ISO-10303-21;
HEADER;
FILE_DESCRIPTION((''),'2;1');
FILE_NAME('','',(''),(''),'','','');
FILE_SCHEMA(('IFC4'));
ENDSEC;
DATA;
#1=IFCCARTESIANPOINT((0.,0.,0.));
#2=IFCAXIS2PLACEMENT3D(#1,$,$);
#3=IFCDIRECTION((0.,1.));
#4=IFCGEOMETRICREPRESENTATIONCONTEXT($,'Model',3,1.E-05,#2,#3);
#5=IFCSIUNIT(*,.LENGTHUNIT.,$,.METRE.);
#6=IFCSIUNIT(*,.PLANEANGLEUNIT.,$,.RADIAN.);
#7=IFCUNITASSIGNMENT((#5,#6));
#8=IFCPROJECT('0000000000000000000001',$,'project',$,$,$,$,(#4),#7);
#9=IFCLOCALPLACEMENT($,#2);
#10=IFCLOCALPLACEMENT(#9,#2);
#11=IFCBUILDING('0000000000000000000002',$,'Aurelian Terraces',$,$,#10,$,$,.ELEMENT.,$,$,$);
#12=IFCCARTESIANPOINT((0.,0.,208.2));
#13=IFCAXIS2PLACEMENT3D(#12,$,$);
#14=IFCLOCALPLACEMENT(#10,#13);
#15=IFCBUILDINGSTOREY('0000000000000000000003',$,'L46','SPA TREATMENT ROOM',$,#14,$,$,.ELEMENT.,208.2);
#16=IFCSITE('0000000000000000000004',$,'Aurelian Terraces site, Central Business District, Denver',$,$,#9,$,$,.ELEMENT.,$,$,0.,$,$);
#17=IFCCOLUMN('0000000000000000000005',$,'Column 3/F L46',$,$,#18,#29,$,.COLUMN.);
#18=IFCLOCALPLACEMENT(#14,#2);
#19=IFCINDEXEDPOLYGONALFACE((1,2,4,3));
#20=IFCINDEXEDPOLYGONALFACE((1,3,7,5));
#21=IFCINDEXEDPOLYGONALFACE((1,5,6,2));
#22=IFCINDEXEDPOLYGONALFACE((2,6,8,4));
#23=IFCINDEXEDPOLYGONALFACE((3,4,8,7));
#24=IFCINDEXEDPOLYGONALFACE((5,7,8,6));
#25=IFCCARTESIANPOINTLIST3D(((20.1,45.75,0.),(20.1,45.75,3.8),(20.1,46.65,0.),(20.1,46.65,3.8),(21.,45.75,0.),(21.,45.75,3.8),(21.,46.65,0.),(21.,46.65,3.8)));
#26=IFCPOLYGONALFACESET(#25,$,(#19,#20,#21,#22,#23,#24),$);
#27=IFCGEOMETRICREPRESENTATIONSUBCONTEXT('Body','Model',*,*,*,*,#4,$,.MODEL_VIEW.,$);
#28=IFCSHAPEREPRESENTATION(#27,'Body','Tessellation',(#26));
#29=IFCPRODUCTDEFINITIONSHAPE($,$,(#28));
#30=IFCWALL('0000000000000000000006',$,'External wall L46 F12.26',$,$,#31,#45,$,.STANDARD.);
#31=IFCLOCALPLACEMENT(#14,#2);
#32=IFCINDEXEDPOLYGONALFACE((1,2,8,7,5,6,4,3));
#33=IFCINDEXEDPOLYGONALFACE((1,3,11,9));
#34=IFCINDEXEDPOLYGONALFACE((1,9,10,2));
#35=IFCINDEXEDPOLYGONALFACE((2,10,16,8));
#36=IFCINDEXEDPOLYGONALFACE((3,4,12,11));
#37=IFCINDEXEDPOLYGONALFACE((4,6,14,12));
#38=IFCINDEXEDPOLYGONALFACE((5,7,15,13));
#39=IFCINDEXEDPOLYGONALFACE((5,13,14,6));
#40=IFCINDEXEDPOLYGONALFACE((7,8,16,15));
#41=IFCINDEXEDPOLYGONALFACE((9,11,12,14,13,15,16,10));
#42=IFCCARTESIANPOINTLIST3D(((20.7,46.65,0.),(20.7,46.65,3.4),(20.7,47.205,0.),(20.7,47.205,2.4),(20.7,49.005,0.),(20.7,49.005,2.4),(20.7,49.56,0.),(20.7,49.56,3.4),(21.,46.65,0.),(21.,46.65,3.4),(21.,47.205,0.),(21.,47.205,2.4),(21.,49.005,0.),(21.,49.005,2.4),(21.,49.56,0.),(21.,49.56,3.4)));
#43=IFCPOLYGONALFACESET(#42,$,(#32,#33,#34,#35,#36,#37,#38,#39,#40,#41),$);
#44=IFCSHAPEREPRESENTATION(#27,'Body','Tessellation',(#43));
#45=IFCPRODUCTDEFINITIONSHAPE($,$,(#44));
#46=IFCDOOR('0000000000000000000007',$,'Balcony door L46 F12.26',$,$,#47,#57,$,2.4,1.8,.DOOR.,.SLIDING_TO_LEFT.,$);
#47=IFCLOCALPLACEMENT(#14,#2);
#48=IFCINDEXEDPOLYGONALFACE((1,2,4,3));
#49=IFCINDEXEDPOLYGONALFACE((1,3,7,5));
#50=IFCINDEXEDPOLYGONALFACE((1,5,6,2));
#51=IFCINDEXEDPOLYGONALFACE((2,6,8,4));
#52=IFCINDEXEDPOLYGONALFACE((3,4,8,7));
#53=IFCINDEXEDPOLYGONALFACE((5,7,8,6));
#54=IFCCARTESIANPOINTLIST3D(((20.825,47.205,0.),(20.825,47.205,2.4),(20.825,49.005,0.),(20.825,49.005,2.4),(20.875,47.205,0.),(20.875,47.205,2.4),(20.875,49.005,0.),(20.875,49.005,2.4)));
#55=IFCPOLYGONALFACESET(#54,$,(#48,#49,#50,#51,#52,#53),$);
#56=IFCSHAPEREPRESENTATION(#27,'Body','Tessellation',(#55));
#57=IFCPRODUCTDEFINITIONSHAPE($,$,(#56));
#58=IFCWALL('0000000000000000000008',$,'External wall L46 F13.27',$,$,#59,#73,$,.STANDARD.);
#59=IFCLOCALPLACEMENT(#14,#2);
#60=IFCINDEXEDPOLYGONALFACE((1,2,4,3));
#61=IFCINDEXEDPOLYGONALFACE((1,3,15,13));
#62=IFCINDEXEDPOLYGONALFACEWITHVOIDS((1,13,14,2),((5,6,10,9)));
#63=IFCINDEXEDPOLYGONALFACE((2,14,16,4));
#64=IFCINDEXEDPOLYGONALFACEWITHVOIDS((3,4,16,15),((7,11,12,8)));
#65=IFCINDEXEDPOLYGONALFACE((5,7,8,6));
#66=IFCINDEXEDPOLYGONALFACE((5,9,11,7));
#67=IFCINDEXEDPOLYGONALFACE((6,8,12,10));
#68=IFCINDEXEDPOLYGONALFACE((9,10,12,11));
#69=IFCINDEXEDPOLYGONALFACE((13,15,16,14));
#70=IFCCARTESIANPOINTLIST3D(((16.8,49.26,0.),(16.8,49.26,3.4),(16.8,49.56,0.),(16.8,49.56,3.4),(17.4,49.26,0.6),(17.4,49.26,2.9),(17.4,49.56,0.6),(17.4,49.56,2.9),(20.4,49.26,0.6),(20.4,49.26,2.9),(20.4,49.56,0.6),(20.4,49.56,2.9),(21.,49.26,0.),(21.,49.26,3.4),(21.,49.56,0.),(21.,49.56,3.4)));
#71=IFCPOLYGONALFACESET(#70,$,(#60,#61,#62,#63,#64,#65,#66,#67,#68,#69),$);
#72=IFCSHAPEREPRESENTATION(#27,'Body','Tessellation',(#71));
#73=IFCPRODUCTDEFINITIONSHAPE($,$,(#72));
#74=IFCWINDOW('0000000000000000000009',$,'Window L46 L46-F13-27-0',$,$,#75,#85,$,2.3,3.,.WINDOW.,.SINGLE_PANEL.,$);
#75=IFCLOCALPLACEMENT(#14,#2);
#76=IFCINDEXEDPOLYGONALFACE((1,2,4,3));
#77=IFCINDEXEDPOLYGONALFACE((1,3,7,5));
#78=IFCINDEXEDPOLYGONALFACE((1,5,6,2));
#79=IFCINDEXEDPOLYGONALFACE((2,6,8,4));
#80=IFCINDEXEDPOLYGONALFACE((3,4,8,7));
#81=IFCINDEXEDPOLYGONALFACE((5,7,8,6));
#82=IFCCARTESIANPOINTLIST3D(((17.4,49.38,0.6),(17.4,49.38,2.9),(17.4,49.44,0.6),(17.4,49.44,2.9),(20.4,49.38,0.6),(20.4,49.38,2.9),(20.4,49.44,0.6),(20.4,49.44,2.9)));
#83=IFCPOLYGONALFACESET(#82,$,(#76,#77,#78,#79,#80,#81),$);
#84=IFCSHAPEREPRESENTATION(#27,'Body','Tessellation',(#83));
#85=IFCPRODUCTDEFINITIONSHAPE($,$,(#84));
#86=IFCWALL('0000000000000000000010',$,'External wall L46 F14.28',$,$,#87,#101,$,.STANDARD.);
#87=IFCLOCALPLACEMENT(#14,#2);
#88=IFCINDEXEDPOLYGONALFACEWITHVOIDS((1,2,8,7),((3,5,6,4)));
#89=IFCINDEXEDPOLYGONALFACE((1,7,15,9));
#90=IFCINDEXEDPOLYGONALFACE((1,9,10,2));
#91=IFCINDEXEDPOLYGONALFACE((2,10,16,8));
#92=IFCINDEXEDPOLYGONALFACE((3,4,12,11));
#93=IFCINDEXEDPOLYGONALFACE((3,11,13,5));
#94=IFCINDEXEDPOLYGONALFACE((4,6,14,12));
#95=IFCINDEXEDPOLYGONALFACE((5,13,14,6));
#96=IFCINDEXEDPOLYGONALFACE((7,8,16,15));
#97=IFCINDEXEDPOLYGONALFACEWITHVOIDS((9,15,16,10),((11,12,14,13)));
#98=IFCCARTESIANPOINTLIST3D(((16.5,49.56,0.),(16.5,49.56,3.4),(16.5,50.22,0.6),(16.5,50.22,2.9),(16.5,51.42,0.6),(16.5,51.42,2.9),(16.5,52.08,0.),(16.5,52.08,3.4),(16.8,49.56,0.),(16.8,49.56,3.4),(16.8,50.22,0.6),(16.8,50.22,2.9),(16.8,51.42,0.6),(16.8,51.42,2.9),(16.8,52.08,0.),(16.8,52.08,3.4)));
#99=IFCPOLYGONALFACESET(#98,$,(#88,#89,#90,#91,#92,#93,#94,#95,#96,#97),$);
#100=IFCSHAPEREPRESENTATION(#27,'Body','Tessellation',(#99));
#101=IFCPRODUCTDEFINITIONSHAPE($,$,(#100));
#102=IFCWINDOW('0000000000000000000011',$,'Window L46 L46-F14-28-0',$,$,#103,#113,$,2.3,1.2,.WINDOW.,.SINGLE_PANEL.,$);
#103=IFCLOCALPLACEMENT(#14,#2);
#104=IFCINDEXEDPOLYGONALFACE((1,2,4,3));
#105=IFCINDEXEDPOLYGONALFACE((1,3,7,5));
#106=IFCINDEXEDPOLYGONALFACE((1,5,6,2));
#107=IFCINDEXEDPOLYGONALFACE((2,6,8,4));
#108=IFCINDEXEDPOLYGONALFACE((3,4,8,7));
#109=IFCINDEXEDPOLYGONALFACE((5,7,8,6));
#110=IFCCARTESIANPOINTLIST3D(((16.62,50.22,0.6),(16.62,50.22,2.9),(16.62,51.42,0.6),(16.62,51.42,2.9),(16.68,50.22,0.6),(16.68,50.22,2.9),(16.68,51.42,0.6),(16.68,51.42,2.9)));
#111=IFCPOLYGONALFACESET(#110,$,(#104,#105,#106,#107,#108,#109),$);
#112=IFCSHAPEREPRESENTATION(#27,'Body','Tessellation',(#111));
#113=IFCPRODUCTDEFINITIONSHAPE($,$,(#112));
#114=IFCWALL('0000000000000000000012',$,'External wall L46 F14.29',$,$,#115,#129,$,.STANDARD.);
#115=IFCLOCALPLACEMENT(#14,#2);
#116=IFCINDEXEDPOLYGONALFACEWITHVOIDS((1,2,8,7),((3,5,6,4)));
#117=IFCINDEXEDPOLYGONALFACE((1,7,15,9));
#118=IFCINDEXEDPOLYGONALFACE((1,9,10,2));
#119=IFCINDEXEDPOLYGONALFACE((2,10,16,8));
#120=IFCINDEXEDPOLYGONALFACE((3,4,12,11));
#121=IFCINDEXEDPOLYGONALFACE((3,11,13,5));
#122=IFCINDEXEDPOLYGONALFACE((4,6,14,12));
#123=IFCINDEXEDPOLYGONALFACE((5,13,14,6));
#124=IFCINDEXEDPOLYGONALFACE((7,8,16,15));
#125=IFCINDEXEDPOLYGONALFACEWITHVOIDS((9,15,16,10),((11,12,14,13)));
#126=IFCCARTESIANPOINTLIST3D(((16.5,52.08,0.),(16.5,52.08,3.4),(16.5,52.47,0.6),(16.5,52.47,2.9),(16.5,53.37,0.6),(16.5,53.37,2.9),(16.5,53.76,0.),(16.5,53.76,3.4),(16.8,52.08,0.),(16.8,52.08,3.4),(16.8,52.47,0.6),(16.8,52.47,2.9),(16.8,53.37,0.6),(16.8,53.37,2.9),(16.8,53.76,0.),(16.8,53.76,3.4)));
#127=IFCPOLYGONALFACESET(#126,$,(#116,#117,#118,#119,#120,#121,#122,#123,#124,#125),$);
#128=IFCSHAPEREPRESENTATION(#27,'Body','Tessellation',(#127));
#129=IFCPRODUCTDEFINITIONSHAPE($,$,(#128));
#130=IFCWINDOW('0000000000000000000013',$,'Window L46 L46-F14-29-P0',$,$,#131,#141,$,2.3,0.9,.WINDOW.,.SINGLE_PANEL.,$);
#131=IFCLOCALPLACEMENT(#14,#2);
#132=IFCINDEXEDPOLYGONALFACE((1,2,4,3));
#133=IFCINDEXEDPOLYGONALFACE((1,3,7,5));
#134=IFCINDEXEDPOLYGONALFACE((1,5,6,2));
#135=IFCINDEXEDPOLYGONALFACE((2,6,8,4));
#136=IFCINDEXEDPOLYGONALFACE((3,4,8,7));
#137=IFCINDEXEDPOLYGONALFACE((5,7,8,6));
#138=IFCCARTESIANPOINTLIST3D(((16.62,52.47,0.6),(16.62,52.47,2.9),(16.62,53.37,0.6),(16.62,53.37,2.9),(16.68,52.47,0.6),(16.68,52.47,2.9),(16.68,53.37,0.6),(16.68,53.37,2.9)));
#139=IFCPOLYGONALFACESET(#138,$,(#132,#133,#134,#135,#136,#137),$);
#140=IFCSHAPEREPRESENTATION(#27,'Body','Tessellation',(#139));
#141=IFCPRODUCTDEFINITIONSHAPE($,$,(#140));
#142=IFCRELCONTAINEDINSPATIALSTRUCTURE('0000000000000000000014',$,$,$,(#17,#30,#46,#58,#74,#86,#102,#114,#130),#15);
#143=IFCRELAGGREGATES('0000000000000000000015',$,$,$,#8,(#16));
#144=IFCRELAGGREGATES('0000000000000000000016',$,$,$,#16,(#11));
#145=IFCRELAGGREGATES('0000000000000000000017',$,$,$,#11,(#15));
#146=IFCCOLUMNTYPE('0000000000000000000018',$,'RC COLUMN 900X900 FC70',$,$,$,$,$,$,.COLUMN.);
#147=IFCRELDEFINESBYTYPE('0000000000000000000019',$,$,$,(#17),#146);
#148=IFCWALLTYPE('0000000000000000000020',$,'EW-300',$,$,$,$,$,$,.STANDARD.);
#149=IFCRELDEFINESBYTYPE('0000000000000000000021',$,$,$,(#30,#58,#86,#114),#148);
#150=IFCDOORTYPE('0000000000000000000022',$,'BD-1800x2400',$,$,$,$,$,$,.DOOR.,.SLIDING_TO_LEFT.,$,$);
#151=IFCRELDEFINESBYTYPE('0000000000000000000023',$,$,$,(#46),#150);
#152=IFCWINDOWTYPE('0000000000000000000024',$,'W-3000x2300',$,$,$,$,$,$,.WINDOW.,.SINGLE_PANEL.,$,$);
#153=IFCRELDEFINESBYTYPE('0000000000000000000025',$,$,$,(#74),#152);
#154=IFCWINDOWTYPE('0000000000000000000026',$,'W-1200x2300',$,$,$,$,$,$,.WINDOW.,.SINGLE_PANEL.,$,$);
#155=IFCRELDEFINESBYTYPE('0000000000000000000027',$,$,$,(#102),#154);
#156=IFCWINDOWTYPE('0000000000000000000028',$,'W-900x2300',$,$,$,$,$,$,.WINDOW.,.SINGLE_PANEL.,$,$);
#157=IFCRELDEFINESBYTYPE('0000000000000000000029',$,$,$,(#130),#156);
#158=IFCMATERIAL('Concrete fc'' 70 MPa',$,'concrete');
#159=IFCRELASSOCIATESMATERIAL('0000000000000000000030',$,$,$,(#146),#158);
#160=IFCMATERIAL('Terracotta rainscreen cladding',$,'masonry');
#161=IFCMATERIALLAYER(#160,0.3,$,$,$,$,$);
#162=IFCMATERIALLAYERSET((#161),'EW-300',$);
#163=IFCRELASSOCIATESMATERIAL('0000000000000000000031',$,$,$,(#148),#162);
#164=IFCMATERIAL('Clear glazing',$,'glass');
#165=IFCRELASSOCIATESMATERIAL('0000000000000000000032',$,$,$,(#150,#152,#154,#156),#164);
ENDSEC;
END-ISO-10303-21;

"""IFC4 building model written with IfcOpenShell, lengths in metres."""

from ifc_helpers import new_model, si_unit, direction, frame, frame_2d, origin, origin_2d, place, context, subcontext, project, spatial, rectangle, extrude, source, transform, mapped, material, layer, layer_set, material_profile, profile_set, type_object, element, fill, save


model = new_model("IFC4")

# Units and contexts
model_context = context("Model", 3, precision=1e-05, world=origin(), true_north=direction((0.0, 1.0)))
body_context = subcontext(model_context, "Body", "Model", "MODEL_VIEW")
ifc_project = project(units=[si_unit("LENGTHUNIT", "METRE"), si_unit("PLANEANGLEUNIT", "RADIAN")], contexts=[model_context])

# Site, building, storey
site_placement = place(None, origin())
site = spatial("IfcSite", under=ifc_project, at=site_placement, Name="Aurelian Terraces site, Central Business District, Denver", CompositionType="ELEMENT", RefElevation=0.0)
building_placement = place(site_placement, origin())
building = spatial("IfcBuilding", under=site, at=building_placement, Name="Aurelian Terraces", CompositionType="ELEMENT")
storey_placement = place(building_placement, frame((0.0, 0.0, 208.2)))
storey = spatial("IfcBuildingStorey", under=building, at=storey_placement, Name="L46", Description="SPA TREATMENT ROOM", CompositionType="ELEMENT", Elevation=208.2)

# Column
ifc_material_1 = material(Name="Concrete fc' 70 MPa", Category="concrete")
ifc_material_profile = material_profile(ifc_material_1, rectangle(XDim=0.9, YDim=0.9, at=origin_2d()))
ifc_profile_set = profile_set([ifc_material_profile], Name="Concrete fc' 70 MPa")
column_type = type_object("IfcColumnType", Name="RC COLUMN 900X900 FC70", PredefinedType="COLUMN", material=ifc_profile_set)
shared_shape_1 = source(origin(), body_context, "Body", "SweptSolid", [
    extrude(rectangle(XDim=0.9, YDim=0.9, at=origin_2d()), origin(), (0.0, 0.0, 1.0), 3.8),
])
column_placement = place(storey_placement, frame((20.55, 46.2, 0.0), z_axis=(0.0, 0.0, 1.0), x_axis=(1.0, 0.0, 0.0)))
element("IfcColumn", 1, at=column_placement, inside=storey, type_object=column_type, Name="Column 3/F L46", PredefinedType="COLUMN", context=body_context, shape_type="MappedRepresentation", body=[
    mapped(shared_shape_1, transform((0.0, 0.0, 0.0), scale=1.0)),
])

# Wall, opening, door
ifc_material_2 = material(Name="Terracotta rainscreen cladding", Category="masonry")
ifc_layer_1 = layer(ifc_material_2, 0.3)
ifc_layer_set_1 = layer_set([ifc_layer_1], Name="EW-300")
wall_type_1 = type_object("IfcWallType", Name="EW-300", PredefinedType="STANDARD", material=ifc_layer_set_1)
shared_shape_2 = source(origin(), body_context, "Body", "SweptSolid", [
    extrude(rectangle(XDim=2.91, YDim=0.3, at=frame_2d((1.455, 0.0))), origin(), (0.0, 0.0, 1.0), 3.4),
])
wall_1_placement = place(storey_placement, frame((20.85, 46.65, 0.0), z_axis=(0.0, 0.0, 1.0), x_axis=(0.0, 1.0, 0.0)))
wall_1 = element("IfcWall", 2, at=wall_1_placement, inside=storey, type_object=wall_type_1, Name="External wall L46 F12.26", PredefinedType="STANDARD", context=body_context, shape_type="MappedRepresentation", body=[
    mapped(shared_shape_2, transform((0.0, 0.0, 0.0), scale=1.0)),
])
shared_shape_3 = source(origin(), body_context, "Body", "SweptSolid", [
    extrude(rectangle(XDim=1.8, YDim=2.4, at=frame_2d((0.9, 1.2))), frame((0.0, 0.16, 0.0), z_axis=(0.0, -1.0, 0.0), x_axis=(1.0, 0.0, 0.0)), (0.0, 0.0, 1.0), 0.32),
])
opening_1_placement = place(wall_1_placement, frame((0.555, 0.0, 0.0)))
opening_1 = element("IfcOpeningElement", 3, at=opening_1_placement, cuts=wall_1, PredefinedType="OPENING", context=body_context, shape_type="MappedRepresentation", body=[
    mapped(shared_shape_3, transform((0.0, 0.0, 0.0), scale=1.0)),
])
ifc_material_3 = material(Name="Clear glazing", Category="glass")
door_type_1 = type_object("IfcDoorType", Name="BD-1800x2400", OperationType="SLIDING_TO_LEFT", PredefinedType="DOOR", material=ifc_material_3)
shared_shape_4 = source(origin(), body_context, "Body", "SweptSolid", [
    extrude(rectangle(XDim=1.8, YDim=2.4, at=frame_2d((0.9, 1.2))), frame((0.0, 0.025, 0.0), z_axis=(0.0, -1.0, 0.0), x_axis=(1.0, 0.0, 0.0)), (0.0, 0.0, 1.0), 0.05),
])
door_1_placement = place(opening_1_placement, origin())
door_1 = element("IfcDoor", 4, at=door_1_placement, inside=storey, type_object=door_type_1, Name="Balcony door L46 F12.26", OperationType="SLIDING_TO_LEFT", OverallHeight=2.4, OverallWidth=1.8, PredefinedType="DOOR", context=body_context, shape_type="MappedRepresentation", body=[
    mapped(shared_shape_4, transform((0.0, 0.0, 0.0), scale=1.0)),
])
fill(opening_1, door_1)

# Walls, openings, windows
shared_shape_5 = source(origin(), body_context, "Body", "SweptSolid", [
    extrude(rectangle(XDim=4.2, YDim=0.3, at=frame_2d((2.1, 0.0))), origin(), (0.0, 0.0, 1.0), 3.4),
])
wall_2_placement = place(storey_placement, frame((21.0, 49.41, 0.0), z_axis=(0.0, 0.0, 1.0), x_axis=(-1.0, 0.0, 0.0)))
wall_2 = element("IfcWall", 5, at=wall_2_placement, inside=storey, type_object=wall_type_1, Name="External wall L46 F13.27", PredefinedType="STANDARD", context=body_context, shape_type="MappedRepresentation", body=[
    mapped(shared_shape_5, transform((0.0, 0.0, 0.0), scale=1.0)),
])
shared_shape_6 = source(origin(), body_context, "Body", "SweptSolid", [
    extrude(rectangle(XDim=3.0, YDim=2.3, at=frame_2d((1.5, 1.15))), frame((0.0, 0.16, 0.0), z_axis=(0.0, -1.0, 0.0), x_axis=(1.0, 0.0, 0.0)), (0.0, 0.0, 1.0), 0.32),
])
opening_2_placement = place(wall_2_placement, frame((0.6, 0.0, 0.6)))
opening_2 = element("IfcOpeningElement", 6, at=opening_2_placement, cuts=wall_2, PredefinedType="OPENING", context=body_context, shape_type="MappedRepresentation", body=[
    mapped(shared_shape_6, transform((0.0, 0.0, 0.0), scale=1.0)),
])
window_type_1 = type_object("IfcWindowType", Name="W-3000x2300", PartitioningType="SINGLE_PANEL", PredefinedType="WINDOW", material=ifc_material_3)
shared_shape_7 = source(origin(), body_context, "Body", "SweptSolid", [
    extrude(rectangle(XDim=3.0, YDim=2.3, at=frame_2d((1.5, 1.15))), frame((0.0, 0.03, 0.0), z_axis=(0.0, -1.0, 0.0), x_axis=(1.0, 0.0, 0.0)), (0.0, 0.0, 1.0), 0.06),
])
window_1_placement = place(opening_2_placement, origin())
window_1 = element("IfcWindow", 7, at=window_1_placement, inside=storey, type_object=window_type_1, Name="Window L46 L46-F13-27-0", OverallHeight=2.3, OverallWidth=3.0, PartitioningType="SINGLE_PANEL", PredefinedType="WINDOW", context=body_context, shape_type="MappedRepresentation", body=[
    mapped(shared_shape_7, transform((0.0, 0.0, 0.0), scale=1.0)),
])
fill(opening_2, window_1)
shared_shape_8 = source(origin(), body_context, "Body", "SweptSolid", [
    extrude(rectangle(XDim=2.52, YDim=0.3, at=frame_2d((1.26, 0.0))), origin(), (0.0, 0.0, 1.0), 3.4),
])
wall_3_placement = place(storey_placement, frame((16.65, 49.56, 0.0), z_axis=(0.0, 0.0, 1.0), x_axis=(0.0, 1.0, 0.0)))
wall_3 = element("IfcWall", 8, at=wall_3_placement, inside=storey, type_object=wall_type_1, Name="External wall L46 F14.28", PredefinedType="STANDARD", context=body_context, shape_type="MappedRepresentation", body=[
    mapped(shared_shape_8, transform((0.0, 0.0, 0.0), scale=1.0)),
])
shared_shape_9 = source(origin(), body_context, "Body", "SweptSolid", [
    extrude(rectangle(XDim=1.2, YDim=2.3, at=frame_2d((0.6, 1.15))), frame((0.0, 0.16, 0.0), z_axis=(0.0, -1.0, 0.0), x_axis=(1.0, 0.0, 0.0)), (0.0, 0.0, 1.0), 0.32),
])
opening_3_placement = place(wall_3_placement, frame((0.66, 0.0, 0.6)))
opening_3 = element("IfcOpeningElement", 9, at=opening_3_placement, cuts=wall_3, PredefinedType="OPENING", context=body_context, shape_type="MappedRepresentation", body=[
    mapped(shared_shape_9, transform((0.0, 0.0, 0.0), scale=1.0)),
])
window_type_2 = type_object("IfcWindowType", Name="W-1200x2300", PartitioningType="SINGLE_PANEL", PredefinedType="WINDOW", material=ifc_material_3)
shared_shape_10 = source(origin(), body_context, "Body", "SweptSolid", [
    extrude(rectangle(XDim=1.2, YDim=2.3, at=frame_2d((0.6, 1.15))), frame((0.0, 0.03, 0.0), z_axis=(0.0, -1.0, 0.0), x_axis=(1.0, 0.0, 0.0)), (0.0, 0.0, 1.0), 0.06),
])
window_2_placement = place(opening_3_placement, origin())
window_2 = element("IfcWindow", 10, at=window_2_placement, inside=storey, type_object=window_type_2, Name="Window L46 L46-F14-28-0", OverallHeight=2.3, OverallWidth=1.2, PartitioningType="SINGLE_PANEL", PredefinedType="WINDOW", context=body_context, shape_type="MappedRepresentation", body=[
    mapped(shared_shape_10, transform((0.0, 0.0, 0.0), scale=1.0)),
])
fill(opening_3, window_2)
shared_shape_11 = source(origin(), body_context, "Body", "SweptSolid", [
    extrude(rectangle(XDim=1.68, YDim=0.3, at=frame_2d((0.84, 0.0))), origin(), (0.0, 0.0, 1.0), 3.4),
])
wall_4_placement = place(storey_placement, frame((16.65, 52.08, 0.0), z_axis=(0.0, 0.0, 1.0), x_axis=(0.0, 1.0, 0.0)))
wall_4 = element("IfcWall", 11, at=wall_4_placement, inside=storey, type_object=wall_type_1, Name="External wall L46 F14.29", PredefinedType="STANDARD", context=body_context, shape_type="MappedRepresentation", body=[
    mapped(shared_shape_11, transform((0.0, 0.0, 0.0), scale=1.0)),
])
shared_shape_12 = source(origin(), body_context, "Body", "SweptSolid", [
    extrude(rectangle(XDim=0.9, YDim=2.3, at=frame_2d((0.45, 1.15))), frame((0.0, 0.16, 0.0), z_axis=(0.0, -1.0, 0.0), x_axis=(1.0, 0.0, 0.0)), (0.0, 0.0, 1.0), 0.32),
])
opening_4_placement = place(wall_4_placement, frame((0.39, 0.0, 0.6)))
opening_4 = element("IfcOpeningElement", 12, at=opening_4_placement, cuts=wall_4, PredefinedType="OPENING", context=body_context, shape_type="MappedRepresentation", body=[
    mapped(shared_shape_12, transform((0.0, 0.0, 0.0), scale=1.0)),
])
window_type_3 = type_object("IfcWindowType", Name="W-900x2300", PartitioningType="SINGLE_PANEL", PredefinedType="WINDOW", material=ifc_material_3)
shared_shape_13 = source(origin(), body_context, "Body", "SweptSolid", [
    extrude(rectangle(XDim=0.9, YDim=2.3, at=frame_2d((0.45, 1.15))), frame((0.0, 0.03, 0.0), z_axis=(0.0, -1.0, 0.0), x_axis=(1.0, 0.0, 0.0)), (0.0, 0.0, 1.0), 0.06),
])
window_3_placement = place(opening_4_placement, origin())
window_3 = element("IfcWindow", 13, at=window_3_placement, inside=storey, type_object=window_type_3, Name="Window L46 L46-F14-29-P0", OverallHeight=2.3, OverallWidth=0.9, PartitioningType="SINGLE_PANEL", PredefinedType="WINDOW", context=body_context, shape_type="MappedRepresentation", body=[
    mapped(shared_shape_13, transform((0.0, 0.0, 0.0), scale=1.0)),
])
fill(opening_4, window_3)

save(model, "model.ifc")
